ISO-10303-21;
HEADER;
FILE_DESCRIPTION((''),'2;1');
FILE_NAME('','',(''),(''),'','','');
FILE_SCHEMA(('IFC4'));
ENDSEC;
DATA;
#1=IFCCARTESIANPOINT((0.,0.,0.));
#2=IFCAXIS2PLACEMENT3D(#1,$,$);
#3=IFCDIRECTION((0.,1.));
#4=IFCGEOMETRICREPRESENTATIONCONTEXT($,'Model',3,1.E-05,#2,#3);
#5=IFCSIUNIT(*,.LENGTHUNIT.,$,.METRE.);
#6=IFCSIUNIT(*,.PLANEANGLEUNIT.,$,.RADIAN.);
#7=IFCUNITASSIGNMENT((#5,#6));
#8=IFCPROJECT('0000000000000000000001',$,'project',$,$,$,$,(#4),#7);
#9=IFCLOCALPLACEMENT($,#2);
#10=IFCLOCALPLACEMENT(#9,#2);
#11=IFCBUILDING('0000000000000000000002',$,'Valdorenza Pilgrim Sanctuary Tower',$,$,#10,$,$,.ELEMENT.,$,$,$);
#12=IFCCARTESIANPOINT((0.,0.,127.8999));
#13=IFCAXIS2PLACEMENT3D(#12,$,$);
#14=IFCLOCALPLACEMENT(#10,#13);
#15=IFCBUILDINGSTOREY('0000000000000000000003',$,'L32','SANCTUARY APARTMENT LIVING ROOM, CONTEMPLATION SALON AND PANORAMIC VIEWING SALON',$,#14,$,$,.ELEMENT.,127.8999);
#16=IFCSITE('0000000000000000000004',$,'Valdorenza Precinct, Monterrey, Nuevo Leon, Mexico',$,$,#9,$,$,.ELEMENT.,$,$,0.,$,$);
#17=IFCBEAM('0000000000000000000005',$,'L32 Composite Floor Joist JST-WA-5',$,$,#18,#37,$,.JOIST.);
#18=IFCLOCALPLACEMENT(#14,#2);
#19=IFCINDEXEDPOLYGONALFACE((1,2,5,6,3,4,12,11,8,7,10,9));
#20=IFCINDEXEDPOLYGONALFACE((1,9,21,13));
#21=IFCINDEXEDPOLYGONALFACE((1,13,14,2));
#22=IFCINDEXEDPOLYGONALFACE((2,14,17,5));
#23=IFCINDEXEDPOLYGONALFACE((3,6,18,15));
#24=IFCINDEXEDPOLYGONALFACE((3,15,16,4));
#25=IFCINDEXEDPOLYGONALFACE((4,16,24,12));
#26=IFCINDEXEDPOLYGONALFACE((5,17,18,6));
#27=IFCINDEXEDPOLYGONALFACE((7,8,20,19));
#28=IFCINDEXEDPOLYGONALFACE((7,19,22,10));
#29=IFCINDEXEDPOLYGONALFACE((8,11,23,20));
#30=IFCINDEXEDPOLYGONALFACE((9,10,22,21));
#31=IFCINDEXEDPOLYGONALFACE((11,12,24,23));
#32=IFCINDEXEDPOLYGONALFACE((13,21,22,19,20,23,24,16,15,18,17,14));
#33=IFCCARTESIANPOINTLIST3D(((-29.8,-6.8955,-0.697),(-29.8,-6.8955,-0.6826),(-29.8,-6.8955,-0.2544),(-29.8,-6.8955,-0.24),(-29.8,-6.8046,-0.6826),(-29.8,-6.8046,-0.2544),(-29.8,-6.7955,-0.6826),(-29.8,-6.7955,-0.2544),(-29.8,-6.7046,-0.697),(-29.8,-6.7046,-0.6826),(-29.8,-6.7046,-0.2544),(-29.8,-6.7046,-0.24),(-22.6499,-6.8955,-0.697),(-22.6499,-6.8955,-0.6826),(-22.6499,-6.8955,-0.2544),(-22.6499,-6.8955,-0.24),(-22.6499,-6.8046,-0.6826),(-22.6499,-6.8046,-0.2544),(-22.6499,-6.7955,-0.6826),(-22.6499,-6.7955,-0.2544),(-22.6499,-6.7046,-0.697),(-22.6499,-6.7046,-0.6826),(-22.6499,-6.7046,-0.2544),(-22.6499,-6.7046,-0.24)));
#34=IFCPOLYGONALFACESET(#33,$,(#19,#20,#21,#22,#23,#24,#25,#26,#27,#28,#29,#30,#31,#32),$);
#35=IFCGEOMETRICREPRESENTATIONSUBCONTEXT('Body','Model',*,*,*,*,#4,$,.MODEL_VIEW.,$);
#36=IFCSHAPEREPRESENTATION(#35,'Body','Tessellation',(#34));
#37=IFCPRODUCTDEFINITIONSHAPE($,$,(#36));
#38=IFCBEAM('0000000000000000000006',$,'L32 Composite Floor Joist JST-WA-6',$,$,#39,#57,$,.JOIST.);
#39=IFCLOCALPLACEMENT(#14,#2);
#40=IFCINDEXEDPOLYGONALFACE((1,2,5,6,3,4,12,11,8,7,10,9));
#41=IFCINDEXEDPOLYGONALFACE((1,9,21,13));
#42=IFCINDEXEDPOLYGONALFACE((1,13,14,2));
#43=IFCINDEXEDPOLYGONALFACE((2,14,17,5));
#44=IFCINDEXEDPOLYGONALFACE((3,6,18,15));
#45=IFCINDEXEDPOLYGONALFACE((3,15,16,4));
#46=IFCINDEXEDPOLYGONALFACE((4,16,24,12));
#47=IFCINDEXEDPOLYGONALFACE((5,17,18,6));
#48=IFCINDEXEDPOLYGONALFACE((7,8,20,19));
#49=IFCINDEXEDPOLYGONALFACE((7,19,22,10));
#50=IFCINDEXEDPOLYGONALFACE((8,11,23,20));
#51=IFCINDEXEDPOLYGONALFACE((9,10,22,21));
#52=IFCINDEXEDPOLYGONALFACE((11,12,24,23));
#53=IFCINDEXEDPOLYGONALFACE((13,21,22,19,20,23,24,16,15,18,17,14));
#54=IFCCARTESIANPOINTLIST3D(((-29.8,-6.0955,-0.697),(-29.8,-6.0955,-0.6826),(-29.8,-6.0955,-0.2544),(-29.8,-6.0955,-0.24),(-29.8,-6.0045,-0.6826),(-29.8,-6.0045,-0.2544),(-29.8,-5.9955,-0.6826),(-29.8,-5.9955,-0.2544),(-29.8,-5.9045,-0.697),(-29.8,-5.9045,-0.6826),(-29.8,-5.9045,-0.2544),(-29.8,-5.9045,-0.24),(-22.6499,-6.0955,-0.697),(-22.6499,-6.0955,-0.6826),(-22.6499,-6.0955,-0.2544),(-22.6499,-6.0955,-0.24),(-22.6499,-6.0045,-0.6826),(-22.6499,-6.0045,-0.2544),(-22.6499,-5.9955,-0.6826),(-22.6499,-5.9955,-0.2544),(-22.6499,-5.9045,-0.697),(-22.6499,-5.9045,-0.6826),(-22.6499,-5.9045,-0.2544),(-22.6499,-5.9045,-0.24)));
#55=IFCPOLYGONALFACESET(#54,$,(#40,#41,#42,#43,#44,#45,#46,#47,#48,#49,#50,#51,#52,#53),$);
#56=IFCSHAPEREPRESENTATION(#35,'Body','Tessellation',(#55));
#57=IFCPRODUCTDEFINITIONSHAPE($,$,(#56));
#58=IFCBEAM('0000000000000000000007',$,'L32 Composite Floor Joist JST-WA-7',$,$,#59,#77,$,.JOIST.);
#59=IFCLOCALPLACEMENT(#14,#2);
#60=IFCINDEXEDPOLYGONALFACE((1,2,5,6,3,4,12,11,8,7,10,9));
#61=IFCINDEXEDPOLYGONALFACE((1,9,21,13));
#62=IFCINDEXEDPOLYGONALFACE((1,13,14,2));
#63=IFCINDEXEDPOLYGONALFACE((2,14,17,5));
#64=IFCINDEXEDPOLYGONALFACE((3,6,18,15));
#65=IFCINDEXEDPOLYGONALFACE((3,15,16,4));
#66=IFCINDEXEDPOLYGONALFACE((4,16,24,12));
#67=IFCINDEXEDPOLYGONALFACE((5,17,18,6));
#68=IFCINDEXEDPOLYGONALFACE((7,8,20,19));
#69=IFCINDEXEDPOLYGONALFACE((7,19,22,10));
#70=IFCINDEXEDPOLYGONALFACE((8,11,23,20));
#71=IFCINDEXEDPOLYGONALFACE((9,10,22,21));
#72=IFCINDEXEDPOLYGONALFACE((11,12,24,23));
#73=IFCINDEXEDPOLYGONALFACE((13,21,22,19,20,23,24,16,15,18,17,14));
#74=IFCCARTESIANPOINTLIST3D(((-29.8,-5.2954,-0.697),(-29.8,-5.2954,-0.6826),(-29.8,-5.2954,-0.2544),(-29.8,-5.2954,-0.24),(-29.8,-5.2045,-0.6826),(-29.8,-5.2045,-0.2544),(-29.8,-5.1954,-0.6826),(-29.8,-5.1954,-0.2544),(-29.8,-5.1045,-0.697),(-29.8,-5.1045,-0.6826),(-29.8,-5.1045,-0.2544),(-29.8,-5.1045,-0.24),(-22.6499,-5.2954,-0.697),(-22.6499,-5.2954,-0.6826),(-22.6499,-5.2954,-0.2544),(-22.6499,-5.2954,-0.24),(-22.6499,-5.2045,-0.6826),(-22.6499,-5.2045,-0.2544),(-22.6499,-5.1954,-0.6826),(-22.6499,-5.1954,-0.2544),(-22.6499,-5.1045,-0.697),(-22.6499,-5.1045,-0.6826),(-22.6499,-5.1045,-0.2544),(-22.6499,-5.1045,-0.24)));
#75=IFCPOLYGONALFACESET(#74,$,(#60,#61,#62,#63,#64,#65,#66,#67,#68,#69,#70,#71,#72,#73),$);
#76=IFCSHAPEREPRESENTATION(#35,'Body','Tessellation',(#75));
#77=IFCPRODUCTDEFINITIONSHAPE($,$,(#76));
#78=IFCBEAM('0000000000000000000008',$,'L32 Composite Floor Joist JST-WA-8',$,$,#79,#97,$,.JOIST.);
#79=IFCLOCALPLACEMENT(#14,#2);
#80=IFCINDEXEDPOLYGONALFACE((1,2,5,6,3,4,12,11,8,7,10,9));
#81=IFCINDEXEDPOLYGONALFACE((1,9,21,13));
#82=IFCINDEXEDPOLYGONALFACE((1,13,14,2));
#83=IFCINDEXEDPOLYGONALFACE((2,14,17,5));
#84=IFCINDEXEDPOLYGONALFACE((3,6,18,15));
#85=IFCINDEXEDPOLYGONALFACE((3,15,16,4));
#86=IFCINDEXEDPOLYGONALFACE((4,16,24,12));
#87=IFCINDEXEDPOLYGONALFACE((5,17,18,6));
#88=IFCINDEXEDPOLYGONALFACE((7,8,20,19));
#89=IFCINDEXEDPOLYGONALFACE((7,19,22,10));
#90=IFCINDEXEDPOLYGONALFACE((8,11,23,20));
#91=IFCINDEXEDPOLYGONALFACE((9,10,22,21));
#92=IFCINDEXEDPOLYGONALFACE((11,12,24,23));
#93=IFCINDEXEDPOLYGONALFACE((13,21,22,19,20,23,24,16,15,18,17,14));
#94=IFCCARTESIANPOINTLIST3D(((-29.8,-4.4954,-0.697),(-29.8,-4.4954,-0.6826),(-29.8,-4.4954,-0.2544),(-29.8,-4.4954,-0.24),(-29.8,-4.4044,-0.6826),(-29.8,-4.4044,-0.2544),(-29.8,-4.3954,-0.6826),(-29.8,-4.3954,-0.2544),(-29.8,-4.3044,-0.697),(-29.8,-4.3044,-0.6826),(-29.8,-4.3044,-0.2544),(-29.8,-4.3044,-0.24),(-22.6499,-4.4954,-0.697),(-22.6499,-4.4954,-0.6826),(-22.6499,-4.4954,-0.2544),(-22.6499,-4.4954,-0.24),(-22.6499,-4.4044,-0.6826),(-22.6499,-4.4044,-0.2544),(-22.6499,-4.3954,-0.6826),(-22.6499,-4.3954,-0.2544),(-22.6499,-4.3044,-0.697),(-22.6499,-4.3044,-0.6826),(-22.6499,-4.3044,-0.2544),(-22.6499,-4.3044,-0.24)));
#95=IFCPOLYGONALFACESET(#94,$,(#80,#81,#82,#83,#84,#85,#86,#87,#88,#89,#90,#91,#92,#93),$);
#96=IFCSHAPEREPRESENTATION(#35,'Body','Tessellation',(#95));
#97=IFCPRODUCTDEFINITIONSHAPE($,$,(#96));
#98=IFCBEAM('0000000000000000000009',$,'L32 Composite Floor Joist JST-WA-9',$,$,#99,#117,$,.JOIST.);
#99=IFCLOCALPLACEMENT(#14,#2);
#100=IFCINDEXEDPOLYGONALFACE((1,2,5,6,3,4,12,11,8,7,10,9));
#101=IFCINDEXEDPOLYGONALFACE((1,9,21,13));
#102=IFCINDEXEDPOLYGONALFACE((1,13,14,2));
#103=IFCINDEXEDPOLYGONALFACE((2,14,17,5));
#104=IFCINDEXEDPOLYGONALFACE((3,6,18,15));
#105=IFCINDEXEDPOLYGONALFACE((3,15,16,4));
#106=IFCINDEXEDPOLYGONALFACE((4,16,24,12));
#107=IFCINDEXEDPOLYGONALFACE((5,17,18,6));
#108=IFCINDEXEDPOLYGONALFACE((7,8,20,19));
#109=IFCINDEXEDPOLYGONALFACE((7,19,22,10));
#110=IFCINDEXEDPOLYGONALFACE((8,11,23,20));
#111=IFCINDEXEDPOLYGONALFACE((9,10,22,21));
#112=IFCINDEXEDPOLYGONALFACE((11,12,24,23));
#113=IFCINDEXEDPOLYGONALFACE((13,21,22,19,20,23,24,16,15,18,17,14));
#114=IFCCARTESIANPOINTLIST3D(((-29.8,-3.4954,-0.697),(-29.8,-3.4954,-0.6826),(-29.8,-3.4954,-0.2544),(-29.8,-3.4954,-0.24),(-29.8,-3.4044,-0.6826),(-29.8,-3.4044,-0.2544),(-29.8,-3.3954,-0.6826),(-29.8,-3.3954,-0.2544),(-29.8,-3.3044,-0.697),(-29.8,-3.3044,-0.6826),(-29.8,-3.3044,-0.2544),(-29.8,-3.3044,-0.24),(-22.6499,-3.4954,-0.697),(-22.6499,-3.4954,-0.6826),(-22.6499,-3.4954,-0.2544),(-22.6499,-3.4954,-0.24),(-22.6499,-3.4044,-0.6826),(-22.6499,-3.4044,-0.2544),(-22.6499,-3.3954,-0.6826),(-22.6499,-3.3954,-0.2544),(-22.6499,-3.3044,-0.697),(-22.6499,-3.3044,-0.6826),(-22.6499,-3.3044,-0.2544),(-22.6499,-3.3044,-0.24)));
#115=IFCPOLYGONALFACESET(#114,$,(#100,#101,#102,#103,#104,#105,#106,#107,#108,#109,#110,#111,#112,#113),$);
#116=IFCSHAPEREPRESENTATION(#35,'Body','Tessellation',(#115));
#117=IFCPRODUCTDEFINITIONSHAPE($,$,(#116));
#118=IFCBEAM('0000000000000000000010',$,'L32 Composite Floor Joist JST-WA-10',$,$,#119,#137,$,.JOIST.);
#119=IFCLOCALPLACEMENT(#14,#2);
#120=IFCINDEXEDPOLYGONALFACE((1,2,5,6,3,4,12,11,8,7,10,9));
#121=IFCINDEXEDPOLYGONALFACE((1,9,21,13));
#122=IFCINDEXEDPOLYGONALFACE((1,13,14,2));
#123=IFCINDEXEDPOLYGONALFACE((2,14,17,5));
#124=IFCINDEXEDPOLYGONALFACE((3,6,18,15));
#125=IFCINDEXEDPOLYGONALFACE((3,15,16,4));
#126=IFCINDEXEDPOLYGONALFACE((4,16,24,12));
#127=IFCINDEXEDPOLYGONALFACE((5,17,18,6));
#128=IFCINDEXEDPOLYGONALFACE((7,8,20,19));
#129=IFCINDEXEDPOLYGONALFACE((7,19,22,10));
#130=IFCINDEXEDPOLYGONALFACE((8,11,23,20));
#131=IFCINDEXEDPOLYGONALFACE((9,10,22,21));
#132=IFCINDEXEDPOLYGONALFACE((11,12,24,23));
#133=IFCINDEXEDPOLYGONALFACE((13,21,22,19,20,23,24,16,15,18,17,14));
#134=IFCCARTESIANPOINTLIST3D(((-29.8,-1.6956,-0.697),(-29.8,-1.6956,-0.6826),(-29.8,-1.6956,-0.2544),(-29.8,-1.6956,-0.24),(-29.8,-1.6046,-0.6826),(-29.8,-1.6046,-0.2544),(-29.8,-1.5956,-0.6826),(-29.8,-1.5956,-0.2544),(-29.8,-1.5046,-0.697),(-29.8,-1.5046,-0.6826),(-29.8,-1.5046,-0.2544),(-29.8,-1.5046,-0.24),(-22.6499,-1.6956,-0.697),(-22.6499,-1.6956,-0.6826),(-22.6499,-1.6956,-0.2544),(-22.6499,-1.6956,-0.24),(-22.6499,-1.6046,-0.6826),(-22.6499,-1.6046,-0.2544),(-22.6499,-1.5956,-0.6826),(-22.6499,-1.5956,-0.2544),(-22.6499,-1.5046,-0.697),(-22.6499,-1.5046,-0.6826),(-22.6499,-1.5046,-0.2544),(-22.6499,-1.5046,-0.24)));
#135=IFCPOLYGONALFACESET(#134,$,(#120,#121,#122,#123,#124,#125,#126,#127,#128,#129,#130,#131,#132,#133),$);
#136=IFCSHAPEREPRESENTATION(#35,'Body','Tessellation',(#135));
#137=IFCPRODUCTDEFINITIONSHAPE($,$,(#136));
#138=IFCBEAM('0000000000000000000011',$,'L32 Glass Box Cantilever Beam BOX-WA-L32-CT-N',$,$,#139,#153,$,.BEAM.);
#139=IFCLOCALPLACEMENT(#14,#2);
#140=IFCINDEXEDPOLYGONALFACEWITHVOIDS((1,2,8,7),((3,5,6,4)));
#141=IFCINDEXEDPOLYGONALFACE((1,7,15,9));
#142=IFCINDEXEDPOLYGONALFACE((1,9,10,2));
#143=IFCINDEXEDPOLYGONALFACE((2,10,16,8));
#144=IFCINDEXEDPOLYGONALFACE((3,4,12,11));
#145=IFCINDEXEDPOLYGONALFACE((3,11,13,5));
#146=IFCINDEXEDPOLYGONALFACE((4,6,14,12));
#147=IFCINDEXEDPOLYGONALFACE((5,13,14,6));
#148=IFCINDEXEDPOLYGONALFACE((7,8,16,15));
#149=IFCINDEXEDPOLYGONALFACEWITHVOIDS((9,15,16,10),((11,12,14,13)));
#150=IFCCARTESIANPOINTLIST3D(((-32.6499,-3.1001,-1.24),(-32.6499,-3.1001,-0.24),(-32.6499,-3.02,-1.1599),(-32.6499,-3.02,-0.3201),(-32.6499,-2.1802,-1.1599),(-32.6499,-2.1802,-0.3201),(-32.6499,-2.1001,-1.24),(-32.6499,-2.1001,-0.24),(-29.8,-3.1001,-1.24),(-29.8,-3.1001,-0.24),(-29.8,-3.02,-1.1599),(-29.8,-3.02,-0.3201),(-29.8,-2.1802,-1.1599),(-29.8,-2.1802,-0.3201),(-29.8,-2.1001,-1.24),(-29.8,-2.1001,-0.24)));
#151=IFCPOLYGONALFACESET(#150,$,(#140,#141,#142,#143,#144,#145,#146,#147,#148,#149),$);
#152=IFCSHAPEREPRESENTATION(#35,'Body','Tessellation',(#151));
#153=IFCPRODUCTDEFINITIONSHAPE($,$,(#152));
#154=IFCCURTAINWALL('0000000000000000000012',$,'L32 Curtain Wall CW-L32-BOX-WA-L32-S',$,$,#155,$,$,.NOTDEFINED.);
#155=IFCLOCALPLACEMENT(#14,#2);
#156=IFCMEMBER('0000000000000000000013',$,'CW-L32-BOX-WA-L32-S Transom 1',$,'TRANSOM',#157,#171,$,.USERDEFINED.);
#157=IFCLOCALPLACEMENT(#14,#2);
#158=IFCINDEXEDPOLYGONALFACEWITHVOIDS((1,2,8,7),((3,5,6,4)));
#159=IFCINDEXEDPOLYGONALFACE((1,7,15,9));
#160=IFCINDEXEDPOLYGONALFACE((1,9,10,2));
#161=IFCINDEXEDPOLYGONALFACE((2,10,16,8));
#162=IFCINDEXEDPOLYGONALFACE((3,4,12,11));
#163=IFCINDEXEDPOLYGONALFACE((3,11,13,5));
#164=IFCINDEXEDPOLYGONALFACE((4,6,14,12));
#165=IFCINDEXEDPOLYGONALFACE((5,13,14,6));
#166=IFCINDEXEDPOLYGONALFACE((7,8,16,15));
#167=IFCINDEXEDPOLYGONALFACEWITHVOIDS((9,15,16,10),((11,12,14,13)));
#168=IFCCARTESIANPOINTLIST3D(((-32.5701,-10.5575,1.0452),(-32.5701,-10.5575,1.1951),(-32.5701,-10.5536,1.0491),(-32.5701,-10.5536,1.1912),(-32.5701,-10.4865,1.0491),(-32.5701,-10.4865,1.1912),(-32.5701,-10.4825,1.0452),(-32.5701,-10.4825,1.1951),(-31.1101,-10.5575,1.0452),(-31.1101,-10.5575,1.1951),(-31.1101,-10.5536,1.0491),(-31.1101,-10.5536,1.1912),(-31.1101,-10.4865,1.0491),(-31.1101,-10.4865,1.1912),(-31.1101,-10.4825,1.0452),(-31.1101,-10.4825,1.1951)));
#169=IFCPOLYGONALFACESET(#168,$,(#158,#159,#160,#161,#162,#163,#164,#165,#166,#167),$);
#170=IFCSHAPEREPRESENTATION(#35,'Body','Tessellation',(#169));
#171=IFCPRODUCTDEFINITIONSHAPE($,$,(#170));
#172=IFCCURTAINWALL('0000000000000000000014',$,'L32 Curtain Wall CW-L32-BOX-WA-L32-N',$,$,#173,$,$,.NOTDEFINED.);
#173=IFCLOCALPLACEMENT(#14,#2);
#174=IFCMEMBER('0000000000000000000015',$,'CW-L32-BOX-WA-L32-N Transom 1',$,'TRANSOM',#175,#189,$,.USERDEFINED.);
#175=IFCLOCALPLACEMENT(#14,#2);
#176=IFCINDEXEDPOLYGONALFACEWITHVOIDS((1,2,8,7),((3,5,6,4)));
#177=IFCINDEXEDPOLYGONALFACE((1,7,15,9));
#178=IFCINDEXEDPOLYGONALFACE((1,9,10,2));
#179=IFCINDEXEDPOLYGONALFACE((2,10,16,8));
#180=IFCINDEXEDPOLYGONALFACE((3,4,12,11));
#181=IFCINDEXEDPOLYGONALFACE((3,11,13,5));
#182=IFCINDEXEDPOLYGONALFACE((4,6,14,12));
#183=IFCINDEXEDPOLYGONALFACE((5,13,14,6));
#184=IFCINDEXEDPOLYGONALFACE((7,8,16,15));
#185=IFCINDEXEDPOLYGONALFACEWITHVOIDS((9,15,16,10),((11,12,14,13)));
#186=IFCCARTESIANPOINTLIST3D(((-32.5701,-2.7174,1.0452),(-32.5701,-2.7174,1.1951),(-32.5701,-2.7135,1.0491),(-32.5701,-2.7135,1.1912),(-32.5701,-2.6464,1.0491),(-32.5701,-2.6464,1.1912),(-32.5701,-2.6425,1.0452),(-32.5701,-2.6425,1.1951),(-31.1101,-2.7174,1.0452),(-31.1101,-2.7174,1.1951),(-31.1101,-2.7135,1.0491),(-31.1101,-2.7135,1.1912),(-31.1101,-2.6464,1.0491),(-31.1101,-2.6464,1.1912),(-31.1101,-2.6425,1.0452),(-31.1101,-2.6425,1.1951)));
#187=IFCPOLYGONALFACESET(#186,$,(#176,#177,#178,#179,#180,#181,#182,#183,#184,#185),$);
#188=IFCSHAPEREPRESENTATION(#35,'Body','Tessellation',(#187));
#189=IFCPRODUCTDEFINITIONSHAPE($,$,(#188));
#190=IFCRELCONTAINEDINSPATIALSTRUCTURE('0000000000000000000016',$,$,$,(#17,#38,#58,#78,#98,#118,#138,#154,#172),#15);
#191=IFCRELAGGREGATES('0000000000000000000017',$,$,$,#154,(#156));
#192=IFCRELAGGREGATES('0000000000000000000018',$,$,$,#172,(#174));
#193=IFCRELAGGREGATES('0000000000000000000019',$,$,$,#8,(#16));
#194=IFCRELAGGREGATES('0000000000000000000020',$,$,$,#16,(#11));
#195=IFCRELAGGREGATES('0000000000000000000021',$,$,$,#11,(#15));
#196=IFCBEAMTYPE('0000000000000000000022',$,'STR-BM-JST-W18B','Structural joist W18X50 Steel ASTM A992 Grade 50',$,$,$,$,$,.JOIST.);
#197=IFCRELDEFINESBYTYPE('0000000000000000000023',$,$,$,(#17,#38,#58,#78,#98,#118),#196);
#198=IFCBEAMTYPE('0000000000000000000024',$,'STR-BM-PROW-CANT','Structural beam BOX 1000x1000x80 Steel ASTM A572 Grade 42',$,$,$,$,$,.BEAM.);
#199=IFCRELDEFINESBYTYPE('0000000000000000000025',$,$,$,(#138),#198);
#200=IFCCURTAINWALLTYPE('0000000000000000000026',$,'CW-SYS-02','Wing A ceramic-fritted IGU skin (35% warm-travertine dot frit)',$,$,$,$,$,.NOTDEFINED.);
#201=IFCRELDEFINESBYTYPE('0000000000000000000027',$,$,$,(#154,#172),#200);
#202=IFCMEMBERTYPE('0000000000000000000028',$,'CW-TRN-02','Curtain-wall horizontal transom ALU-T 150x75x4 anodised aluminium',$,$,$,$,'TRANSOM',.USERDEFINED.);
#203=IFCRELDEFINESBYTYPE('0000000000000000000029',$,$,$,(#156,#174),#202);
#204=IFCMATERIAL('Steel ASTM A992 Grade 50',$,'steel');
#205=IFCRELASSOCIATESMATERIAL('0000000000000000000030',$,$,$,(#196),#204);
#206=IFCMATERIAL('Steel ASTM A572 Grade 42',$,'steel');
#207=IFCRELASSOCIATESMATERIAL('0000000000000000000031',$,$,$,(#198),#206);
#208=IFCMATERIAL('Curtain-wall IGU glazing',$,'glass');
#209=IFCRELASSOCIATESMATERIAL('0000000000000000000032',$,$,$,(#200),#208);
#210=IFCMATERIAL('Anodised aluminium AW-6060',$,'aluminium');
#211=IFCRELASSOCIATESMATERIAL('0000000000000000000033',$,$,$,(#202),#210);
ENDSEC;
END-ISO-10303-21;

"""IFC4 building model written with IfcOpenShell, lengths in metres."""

from ifc_helpers import new_model, si_unit, direction, frame, origin, origin_2d, place, context, subcontext, project, spatial, hollow_rectangle, i_section, extrude, source, transform, mapped, material, material_profile, profile_set, type_object, element, aggregate, save


model = new_model("IFC4")

# Units and contexts
model_context = context("Model", 3, precision=1e-05, world=origin(), true_north=direction((0.0, 1.0)))
body_context = subcontext(model_context, "Body", "Model", "MODEL_VIEW")
ifc_project = project(units=[si_unit("LENGTHUNIT", "METRE"), si_unit("PLANEANGLEUNIT", "RADIAN")], contexts=[model_context])

# Site, building, storey
site_placement = place(None, origin())
site = spatial("IfcSite", under=ifc_project, at=site_placement, Name="Valdorenza Precinct, Monterrey, Nuevo Leon, Mexico", CompositionType="ELEMENT", RefElevation=0.0)
building_placement = place(site_placement, origin())
building = spatial("IfcBuilding", under=site, at=building_placement, Name="Valdorenza Pilgrim Sanctuary Tower", CompositionType="ELEMENT")
storey_placement = place(building_placement, frame((0.0, 0.0, 127.8999)))
storey = spatial("IfcBuildingStorey", under=building, at=storey_placement, Name="L32", Description="SANCTUARY APARTMENT LIVING ROOM, CONTEMPLATION SALON AND PANORAMIC VIEWING SALON", CompositionType="ELEMENT", Elevation=127.8999)

# Beams
ifc_material_1 = material(Name="Steel ASTM A992 Grade 50", Category="steel")
ifc_material_profile_1 = material_profile(ifc_material_1, i_section(OverallWidth=0.1909, OverallDepth=0.457, WebThickness=0.009, FlangeThickness=0.0144, at=origin_2d()), Name="W18X50")
ifc_profile_set_1 = profile_set([ifc_material_profile_1], Name="Steel ASTM A992 Grade 50")
beam_type_1 = type_object("IfcBeamType", Name="STR-BM-JST-W18B", Description="Structural joist W18X50 Steel ASTM A992 Grade 50", PredefinedType="JOIST", material=ifc_profile_set_1)
shared_shape_1 = source(origin(), body_context, "Body", "SweptSolid", [
    extrude(i_section(OverallWidth=0.1909, OverallDepth=0.457, WebThickness=0.009, FlangeThickness=0.0144, at=origin_2d()), origin(), (0.0, 0.0, 1.0), 7.1501),
])
for number, where, z_axis, x_axis, name in (
    (1, (-29.8, -6.8, -0.4685), (1.0, 0.0, 0.0), (0.0, 1.0, 0.0), "L32 Composite Floor Joist JST-WA-5"),
    (2, (-29.8, -6.0, -0.4685), (1.0, 0.0, 0.0), (0.0, 1.0, 0.0), "L32 Composite Floor Joist JST-WA-6"),
    (3, (-29.8, -5.2, -0.4685), (1.0, 0.0, 0.0), (0.0, 1.0, 0.0), "L32 Composite Floor Joist JST-WA-7"),
    (4, (-29.8, -4.3999, -0.4685), (1.0, 0.0, 0.0), (0.0, 1.0, 0.0), "L32 Composite Floor Joist JST-WA-8"),
    (5, (-29.8, -3.3999, -0.4685), (1.0, 0.0, 0.0), (0.0, 1.0, 0.0), "L32 Composite Floor Joist JST-WA-9"),
    (6, (-29.8, -1.6001, -0.4685), (1.0, 0.0, 0.0), (0.0, 1.0, 0.0), "L32 Composite Floor Joist JST-WA-10"),
):
    element("IfcBeam", number, at=place(storey_placement, frame(where, z_axis=z_axis, x_axis=x_axis)), inside=storey, type_object=beam_type_1, Name=name, PredefinedType="JOIST", context=body_context, shape_type="MappedRepresentation", body=[
        mapped(shared_shape_1, transform((0.0, 0.0, 0.0), x_axis=(1.0, 0.0, 0.0), y_axis=(0.0, 1.0, 0.0), z_axis=(0.0, 0.0, 1.0), scale=1.0)),
    ])
ifc_material_2 = material(Name="Steel ASTM A572 Grade 42", Category="steel")
ifc_material_profile_2 = material_profile(ifc_material_2, hollow_rectangle(XDim=1.0, YDim=1.0, WallThickness=0.0801, at=origin_2d()), Name="BOX 1000x1000x80")
ifc_profile_set_2 = profile_set([ifc_material_profile_2], Name="Steel ASTM A572 Grade 42")
beam_type_2 = type_object("IfcBeamType", Name="STR-BM-PROW-CANT", Description="Structural beam BOX 1000x1000x80 Steel ASTM A572 Grade 42", PredefinedType="BEAM", material=ifc_profile_set_2)
shared_shape_2 = source(origin(), body_context, "Body", "SweptSolid", [
    extrude(hollow_rectangle(XDim=1.0, YDim=1.0, WallThickness=0.0801, at=origin_2d()), origin(), (0.0, 0.0, 1.0), 2.8499),
])
beam_1_placement = place(storey_placement, frame((-29.8, -2.6001, -0.74), z_axis=(-1.0, 0.0, 0.0), x_axis=(0.0, -1.0, 0.0)))
element("IfcBeam", 7, at=beam_1_placement, inside=storey, type_object=beam_type_2, Name="L32 Glass Box Cantilever Beam BOX-WA-L32-CT-N", PredefinedType="BEAM", context=body_context, shape_type="MappedRepresentation", body=[
    mapped(shared_shape_2, transform((0.0, 0.0, 0.0), x_axis=(1.0, 0.0, 0.0), y_axis=(0.0, 1.0, 0.0), z_axis=(0.0, 0.0, 1.0), scale=1.0)),
])

# Curtain walls, members
ifc_material_3 = material(Name="Curtain-wall IGU glazing", Category="glass")
curtain_wall_type = type_object("IfcCurtainWallType", Name="CW-SYS-02", Description="Wing A ceramic-fritted IGU skin (35% warm-travertine dot frit)", PredefinedType="NOTDEFINED", material=ifc_material_3)
curtain_wall_1_placement = place(storey_placement, origin())
curtain_wall_1 = element("IfcCurtainWall", 8, at=curtain_wall_1_placement, inside=storey, type_object=curtain_wall_type, Name="L32 Curtain Wall CW-L32-BOX-WA-L32-S", PredefinedType="NOTDEFINED")
ifc_material_4 = material(Name="Anodised aluminium AW-6060", Category="aluminium")
ifc_material_profile_3 = material_profile(ifc_material_4, hollow_rectangle(XDim=0.075, YDim=0.1499, WallThickness=0.0039, at=origin_2d()), Name="ALU-T 150x75x4")
ifc_profile_set_3 = profile_set([ifc_material_profile_3], Name="Anodised aluminium AW-6060")
member_type_1 = type_object("IfcMemberType", Name="CW-TRN-02", Description="Curtain-wall horizontal transom ALU-T 150x75x4 anodised aluminium", ElementType="TRANSOM", PredefinedType="USERDEFINED", material=ifc_profile_set_3)
shared_shape_3 = source(origin(), body_context, "Body", "SweptSolid", [
    extrude(hollow_rectangle(XDim=0.075, YDim=0.1499, WallThickness=0.0039, at=origin_2d()), origin(), (0.0, 0.0, 1.0), 1.46),
])
member_1_placement = place(storey_placement, frame((-31.1101, -10.52, 1.1201), z_axis=(-1.0, 0.0, 0.0), x_axis=(0.0, -1.0, 0.0)))
member_1 = element("IfcMember", 9, at=member_1_placement, type_object=member_type_1, Name="CW-L32-BOX-WA-L32-S Transom 1", ObjectType="TRANSOM", PredefinedType="USERDEFINED", context=body_context, shape_type="MappedRepresentation", body=[
    mapped(shared_shape_3, transform((0.0, 0.0, 0.0), x_axis=(1.0, 0.0, 0.0), y_axis=(0.0, 1.0, 0.0), z_axis=(0.0, 0.0, 1.0), scale=1.0)),
])
curtain_wall_2_placement = place(storey_placement, origin())
curtain_wall_2 = element("IfcCurtainWall", 10, at=curtain_wall_2_placement, inside=storey, type_object=curtain_wall_type, Name="L32 Curtain Wall CW-L32-BOX-WA-L32-N", PredefinedType="NOTDEFINED")
member_2_placement = place(storey_placement, frame((-32.5701, -2.6799, 1.1201), z_axis=(1.0, 0.0, 0.0), x_axis=(0.0, 1.0, 0.0)))
member_2 = element("IfcMember", 11, at=member_2_placement, type_object=member_type_1, Name="CW-L32-BOX-WA-L32-N Transom 1", ObjectType="TRANSOM", PredefinedType="USERDEFINED", context=body_context, shape_type="MappedRepresentation", body=[
    mapped(shared_shape_3, transform((0.0, 0.0, 0.0), x_axis=(1.0, 0.0, 0.0), y_axis=(0.0, 1.0, 0.0), z_axis=(0.0, 0.0, 1.0), scale=1.0)),
])

aggregate(curtain_wall_1, [member_1])
aggregate(curtain_wall_2, [member_2])

save(model, "model.ifc")
